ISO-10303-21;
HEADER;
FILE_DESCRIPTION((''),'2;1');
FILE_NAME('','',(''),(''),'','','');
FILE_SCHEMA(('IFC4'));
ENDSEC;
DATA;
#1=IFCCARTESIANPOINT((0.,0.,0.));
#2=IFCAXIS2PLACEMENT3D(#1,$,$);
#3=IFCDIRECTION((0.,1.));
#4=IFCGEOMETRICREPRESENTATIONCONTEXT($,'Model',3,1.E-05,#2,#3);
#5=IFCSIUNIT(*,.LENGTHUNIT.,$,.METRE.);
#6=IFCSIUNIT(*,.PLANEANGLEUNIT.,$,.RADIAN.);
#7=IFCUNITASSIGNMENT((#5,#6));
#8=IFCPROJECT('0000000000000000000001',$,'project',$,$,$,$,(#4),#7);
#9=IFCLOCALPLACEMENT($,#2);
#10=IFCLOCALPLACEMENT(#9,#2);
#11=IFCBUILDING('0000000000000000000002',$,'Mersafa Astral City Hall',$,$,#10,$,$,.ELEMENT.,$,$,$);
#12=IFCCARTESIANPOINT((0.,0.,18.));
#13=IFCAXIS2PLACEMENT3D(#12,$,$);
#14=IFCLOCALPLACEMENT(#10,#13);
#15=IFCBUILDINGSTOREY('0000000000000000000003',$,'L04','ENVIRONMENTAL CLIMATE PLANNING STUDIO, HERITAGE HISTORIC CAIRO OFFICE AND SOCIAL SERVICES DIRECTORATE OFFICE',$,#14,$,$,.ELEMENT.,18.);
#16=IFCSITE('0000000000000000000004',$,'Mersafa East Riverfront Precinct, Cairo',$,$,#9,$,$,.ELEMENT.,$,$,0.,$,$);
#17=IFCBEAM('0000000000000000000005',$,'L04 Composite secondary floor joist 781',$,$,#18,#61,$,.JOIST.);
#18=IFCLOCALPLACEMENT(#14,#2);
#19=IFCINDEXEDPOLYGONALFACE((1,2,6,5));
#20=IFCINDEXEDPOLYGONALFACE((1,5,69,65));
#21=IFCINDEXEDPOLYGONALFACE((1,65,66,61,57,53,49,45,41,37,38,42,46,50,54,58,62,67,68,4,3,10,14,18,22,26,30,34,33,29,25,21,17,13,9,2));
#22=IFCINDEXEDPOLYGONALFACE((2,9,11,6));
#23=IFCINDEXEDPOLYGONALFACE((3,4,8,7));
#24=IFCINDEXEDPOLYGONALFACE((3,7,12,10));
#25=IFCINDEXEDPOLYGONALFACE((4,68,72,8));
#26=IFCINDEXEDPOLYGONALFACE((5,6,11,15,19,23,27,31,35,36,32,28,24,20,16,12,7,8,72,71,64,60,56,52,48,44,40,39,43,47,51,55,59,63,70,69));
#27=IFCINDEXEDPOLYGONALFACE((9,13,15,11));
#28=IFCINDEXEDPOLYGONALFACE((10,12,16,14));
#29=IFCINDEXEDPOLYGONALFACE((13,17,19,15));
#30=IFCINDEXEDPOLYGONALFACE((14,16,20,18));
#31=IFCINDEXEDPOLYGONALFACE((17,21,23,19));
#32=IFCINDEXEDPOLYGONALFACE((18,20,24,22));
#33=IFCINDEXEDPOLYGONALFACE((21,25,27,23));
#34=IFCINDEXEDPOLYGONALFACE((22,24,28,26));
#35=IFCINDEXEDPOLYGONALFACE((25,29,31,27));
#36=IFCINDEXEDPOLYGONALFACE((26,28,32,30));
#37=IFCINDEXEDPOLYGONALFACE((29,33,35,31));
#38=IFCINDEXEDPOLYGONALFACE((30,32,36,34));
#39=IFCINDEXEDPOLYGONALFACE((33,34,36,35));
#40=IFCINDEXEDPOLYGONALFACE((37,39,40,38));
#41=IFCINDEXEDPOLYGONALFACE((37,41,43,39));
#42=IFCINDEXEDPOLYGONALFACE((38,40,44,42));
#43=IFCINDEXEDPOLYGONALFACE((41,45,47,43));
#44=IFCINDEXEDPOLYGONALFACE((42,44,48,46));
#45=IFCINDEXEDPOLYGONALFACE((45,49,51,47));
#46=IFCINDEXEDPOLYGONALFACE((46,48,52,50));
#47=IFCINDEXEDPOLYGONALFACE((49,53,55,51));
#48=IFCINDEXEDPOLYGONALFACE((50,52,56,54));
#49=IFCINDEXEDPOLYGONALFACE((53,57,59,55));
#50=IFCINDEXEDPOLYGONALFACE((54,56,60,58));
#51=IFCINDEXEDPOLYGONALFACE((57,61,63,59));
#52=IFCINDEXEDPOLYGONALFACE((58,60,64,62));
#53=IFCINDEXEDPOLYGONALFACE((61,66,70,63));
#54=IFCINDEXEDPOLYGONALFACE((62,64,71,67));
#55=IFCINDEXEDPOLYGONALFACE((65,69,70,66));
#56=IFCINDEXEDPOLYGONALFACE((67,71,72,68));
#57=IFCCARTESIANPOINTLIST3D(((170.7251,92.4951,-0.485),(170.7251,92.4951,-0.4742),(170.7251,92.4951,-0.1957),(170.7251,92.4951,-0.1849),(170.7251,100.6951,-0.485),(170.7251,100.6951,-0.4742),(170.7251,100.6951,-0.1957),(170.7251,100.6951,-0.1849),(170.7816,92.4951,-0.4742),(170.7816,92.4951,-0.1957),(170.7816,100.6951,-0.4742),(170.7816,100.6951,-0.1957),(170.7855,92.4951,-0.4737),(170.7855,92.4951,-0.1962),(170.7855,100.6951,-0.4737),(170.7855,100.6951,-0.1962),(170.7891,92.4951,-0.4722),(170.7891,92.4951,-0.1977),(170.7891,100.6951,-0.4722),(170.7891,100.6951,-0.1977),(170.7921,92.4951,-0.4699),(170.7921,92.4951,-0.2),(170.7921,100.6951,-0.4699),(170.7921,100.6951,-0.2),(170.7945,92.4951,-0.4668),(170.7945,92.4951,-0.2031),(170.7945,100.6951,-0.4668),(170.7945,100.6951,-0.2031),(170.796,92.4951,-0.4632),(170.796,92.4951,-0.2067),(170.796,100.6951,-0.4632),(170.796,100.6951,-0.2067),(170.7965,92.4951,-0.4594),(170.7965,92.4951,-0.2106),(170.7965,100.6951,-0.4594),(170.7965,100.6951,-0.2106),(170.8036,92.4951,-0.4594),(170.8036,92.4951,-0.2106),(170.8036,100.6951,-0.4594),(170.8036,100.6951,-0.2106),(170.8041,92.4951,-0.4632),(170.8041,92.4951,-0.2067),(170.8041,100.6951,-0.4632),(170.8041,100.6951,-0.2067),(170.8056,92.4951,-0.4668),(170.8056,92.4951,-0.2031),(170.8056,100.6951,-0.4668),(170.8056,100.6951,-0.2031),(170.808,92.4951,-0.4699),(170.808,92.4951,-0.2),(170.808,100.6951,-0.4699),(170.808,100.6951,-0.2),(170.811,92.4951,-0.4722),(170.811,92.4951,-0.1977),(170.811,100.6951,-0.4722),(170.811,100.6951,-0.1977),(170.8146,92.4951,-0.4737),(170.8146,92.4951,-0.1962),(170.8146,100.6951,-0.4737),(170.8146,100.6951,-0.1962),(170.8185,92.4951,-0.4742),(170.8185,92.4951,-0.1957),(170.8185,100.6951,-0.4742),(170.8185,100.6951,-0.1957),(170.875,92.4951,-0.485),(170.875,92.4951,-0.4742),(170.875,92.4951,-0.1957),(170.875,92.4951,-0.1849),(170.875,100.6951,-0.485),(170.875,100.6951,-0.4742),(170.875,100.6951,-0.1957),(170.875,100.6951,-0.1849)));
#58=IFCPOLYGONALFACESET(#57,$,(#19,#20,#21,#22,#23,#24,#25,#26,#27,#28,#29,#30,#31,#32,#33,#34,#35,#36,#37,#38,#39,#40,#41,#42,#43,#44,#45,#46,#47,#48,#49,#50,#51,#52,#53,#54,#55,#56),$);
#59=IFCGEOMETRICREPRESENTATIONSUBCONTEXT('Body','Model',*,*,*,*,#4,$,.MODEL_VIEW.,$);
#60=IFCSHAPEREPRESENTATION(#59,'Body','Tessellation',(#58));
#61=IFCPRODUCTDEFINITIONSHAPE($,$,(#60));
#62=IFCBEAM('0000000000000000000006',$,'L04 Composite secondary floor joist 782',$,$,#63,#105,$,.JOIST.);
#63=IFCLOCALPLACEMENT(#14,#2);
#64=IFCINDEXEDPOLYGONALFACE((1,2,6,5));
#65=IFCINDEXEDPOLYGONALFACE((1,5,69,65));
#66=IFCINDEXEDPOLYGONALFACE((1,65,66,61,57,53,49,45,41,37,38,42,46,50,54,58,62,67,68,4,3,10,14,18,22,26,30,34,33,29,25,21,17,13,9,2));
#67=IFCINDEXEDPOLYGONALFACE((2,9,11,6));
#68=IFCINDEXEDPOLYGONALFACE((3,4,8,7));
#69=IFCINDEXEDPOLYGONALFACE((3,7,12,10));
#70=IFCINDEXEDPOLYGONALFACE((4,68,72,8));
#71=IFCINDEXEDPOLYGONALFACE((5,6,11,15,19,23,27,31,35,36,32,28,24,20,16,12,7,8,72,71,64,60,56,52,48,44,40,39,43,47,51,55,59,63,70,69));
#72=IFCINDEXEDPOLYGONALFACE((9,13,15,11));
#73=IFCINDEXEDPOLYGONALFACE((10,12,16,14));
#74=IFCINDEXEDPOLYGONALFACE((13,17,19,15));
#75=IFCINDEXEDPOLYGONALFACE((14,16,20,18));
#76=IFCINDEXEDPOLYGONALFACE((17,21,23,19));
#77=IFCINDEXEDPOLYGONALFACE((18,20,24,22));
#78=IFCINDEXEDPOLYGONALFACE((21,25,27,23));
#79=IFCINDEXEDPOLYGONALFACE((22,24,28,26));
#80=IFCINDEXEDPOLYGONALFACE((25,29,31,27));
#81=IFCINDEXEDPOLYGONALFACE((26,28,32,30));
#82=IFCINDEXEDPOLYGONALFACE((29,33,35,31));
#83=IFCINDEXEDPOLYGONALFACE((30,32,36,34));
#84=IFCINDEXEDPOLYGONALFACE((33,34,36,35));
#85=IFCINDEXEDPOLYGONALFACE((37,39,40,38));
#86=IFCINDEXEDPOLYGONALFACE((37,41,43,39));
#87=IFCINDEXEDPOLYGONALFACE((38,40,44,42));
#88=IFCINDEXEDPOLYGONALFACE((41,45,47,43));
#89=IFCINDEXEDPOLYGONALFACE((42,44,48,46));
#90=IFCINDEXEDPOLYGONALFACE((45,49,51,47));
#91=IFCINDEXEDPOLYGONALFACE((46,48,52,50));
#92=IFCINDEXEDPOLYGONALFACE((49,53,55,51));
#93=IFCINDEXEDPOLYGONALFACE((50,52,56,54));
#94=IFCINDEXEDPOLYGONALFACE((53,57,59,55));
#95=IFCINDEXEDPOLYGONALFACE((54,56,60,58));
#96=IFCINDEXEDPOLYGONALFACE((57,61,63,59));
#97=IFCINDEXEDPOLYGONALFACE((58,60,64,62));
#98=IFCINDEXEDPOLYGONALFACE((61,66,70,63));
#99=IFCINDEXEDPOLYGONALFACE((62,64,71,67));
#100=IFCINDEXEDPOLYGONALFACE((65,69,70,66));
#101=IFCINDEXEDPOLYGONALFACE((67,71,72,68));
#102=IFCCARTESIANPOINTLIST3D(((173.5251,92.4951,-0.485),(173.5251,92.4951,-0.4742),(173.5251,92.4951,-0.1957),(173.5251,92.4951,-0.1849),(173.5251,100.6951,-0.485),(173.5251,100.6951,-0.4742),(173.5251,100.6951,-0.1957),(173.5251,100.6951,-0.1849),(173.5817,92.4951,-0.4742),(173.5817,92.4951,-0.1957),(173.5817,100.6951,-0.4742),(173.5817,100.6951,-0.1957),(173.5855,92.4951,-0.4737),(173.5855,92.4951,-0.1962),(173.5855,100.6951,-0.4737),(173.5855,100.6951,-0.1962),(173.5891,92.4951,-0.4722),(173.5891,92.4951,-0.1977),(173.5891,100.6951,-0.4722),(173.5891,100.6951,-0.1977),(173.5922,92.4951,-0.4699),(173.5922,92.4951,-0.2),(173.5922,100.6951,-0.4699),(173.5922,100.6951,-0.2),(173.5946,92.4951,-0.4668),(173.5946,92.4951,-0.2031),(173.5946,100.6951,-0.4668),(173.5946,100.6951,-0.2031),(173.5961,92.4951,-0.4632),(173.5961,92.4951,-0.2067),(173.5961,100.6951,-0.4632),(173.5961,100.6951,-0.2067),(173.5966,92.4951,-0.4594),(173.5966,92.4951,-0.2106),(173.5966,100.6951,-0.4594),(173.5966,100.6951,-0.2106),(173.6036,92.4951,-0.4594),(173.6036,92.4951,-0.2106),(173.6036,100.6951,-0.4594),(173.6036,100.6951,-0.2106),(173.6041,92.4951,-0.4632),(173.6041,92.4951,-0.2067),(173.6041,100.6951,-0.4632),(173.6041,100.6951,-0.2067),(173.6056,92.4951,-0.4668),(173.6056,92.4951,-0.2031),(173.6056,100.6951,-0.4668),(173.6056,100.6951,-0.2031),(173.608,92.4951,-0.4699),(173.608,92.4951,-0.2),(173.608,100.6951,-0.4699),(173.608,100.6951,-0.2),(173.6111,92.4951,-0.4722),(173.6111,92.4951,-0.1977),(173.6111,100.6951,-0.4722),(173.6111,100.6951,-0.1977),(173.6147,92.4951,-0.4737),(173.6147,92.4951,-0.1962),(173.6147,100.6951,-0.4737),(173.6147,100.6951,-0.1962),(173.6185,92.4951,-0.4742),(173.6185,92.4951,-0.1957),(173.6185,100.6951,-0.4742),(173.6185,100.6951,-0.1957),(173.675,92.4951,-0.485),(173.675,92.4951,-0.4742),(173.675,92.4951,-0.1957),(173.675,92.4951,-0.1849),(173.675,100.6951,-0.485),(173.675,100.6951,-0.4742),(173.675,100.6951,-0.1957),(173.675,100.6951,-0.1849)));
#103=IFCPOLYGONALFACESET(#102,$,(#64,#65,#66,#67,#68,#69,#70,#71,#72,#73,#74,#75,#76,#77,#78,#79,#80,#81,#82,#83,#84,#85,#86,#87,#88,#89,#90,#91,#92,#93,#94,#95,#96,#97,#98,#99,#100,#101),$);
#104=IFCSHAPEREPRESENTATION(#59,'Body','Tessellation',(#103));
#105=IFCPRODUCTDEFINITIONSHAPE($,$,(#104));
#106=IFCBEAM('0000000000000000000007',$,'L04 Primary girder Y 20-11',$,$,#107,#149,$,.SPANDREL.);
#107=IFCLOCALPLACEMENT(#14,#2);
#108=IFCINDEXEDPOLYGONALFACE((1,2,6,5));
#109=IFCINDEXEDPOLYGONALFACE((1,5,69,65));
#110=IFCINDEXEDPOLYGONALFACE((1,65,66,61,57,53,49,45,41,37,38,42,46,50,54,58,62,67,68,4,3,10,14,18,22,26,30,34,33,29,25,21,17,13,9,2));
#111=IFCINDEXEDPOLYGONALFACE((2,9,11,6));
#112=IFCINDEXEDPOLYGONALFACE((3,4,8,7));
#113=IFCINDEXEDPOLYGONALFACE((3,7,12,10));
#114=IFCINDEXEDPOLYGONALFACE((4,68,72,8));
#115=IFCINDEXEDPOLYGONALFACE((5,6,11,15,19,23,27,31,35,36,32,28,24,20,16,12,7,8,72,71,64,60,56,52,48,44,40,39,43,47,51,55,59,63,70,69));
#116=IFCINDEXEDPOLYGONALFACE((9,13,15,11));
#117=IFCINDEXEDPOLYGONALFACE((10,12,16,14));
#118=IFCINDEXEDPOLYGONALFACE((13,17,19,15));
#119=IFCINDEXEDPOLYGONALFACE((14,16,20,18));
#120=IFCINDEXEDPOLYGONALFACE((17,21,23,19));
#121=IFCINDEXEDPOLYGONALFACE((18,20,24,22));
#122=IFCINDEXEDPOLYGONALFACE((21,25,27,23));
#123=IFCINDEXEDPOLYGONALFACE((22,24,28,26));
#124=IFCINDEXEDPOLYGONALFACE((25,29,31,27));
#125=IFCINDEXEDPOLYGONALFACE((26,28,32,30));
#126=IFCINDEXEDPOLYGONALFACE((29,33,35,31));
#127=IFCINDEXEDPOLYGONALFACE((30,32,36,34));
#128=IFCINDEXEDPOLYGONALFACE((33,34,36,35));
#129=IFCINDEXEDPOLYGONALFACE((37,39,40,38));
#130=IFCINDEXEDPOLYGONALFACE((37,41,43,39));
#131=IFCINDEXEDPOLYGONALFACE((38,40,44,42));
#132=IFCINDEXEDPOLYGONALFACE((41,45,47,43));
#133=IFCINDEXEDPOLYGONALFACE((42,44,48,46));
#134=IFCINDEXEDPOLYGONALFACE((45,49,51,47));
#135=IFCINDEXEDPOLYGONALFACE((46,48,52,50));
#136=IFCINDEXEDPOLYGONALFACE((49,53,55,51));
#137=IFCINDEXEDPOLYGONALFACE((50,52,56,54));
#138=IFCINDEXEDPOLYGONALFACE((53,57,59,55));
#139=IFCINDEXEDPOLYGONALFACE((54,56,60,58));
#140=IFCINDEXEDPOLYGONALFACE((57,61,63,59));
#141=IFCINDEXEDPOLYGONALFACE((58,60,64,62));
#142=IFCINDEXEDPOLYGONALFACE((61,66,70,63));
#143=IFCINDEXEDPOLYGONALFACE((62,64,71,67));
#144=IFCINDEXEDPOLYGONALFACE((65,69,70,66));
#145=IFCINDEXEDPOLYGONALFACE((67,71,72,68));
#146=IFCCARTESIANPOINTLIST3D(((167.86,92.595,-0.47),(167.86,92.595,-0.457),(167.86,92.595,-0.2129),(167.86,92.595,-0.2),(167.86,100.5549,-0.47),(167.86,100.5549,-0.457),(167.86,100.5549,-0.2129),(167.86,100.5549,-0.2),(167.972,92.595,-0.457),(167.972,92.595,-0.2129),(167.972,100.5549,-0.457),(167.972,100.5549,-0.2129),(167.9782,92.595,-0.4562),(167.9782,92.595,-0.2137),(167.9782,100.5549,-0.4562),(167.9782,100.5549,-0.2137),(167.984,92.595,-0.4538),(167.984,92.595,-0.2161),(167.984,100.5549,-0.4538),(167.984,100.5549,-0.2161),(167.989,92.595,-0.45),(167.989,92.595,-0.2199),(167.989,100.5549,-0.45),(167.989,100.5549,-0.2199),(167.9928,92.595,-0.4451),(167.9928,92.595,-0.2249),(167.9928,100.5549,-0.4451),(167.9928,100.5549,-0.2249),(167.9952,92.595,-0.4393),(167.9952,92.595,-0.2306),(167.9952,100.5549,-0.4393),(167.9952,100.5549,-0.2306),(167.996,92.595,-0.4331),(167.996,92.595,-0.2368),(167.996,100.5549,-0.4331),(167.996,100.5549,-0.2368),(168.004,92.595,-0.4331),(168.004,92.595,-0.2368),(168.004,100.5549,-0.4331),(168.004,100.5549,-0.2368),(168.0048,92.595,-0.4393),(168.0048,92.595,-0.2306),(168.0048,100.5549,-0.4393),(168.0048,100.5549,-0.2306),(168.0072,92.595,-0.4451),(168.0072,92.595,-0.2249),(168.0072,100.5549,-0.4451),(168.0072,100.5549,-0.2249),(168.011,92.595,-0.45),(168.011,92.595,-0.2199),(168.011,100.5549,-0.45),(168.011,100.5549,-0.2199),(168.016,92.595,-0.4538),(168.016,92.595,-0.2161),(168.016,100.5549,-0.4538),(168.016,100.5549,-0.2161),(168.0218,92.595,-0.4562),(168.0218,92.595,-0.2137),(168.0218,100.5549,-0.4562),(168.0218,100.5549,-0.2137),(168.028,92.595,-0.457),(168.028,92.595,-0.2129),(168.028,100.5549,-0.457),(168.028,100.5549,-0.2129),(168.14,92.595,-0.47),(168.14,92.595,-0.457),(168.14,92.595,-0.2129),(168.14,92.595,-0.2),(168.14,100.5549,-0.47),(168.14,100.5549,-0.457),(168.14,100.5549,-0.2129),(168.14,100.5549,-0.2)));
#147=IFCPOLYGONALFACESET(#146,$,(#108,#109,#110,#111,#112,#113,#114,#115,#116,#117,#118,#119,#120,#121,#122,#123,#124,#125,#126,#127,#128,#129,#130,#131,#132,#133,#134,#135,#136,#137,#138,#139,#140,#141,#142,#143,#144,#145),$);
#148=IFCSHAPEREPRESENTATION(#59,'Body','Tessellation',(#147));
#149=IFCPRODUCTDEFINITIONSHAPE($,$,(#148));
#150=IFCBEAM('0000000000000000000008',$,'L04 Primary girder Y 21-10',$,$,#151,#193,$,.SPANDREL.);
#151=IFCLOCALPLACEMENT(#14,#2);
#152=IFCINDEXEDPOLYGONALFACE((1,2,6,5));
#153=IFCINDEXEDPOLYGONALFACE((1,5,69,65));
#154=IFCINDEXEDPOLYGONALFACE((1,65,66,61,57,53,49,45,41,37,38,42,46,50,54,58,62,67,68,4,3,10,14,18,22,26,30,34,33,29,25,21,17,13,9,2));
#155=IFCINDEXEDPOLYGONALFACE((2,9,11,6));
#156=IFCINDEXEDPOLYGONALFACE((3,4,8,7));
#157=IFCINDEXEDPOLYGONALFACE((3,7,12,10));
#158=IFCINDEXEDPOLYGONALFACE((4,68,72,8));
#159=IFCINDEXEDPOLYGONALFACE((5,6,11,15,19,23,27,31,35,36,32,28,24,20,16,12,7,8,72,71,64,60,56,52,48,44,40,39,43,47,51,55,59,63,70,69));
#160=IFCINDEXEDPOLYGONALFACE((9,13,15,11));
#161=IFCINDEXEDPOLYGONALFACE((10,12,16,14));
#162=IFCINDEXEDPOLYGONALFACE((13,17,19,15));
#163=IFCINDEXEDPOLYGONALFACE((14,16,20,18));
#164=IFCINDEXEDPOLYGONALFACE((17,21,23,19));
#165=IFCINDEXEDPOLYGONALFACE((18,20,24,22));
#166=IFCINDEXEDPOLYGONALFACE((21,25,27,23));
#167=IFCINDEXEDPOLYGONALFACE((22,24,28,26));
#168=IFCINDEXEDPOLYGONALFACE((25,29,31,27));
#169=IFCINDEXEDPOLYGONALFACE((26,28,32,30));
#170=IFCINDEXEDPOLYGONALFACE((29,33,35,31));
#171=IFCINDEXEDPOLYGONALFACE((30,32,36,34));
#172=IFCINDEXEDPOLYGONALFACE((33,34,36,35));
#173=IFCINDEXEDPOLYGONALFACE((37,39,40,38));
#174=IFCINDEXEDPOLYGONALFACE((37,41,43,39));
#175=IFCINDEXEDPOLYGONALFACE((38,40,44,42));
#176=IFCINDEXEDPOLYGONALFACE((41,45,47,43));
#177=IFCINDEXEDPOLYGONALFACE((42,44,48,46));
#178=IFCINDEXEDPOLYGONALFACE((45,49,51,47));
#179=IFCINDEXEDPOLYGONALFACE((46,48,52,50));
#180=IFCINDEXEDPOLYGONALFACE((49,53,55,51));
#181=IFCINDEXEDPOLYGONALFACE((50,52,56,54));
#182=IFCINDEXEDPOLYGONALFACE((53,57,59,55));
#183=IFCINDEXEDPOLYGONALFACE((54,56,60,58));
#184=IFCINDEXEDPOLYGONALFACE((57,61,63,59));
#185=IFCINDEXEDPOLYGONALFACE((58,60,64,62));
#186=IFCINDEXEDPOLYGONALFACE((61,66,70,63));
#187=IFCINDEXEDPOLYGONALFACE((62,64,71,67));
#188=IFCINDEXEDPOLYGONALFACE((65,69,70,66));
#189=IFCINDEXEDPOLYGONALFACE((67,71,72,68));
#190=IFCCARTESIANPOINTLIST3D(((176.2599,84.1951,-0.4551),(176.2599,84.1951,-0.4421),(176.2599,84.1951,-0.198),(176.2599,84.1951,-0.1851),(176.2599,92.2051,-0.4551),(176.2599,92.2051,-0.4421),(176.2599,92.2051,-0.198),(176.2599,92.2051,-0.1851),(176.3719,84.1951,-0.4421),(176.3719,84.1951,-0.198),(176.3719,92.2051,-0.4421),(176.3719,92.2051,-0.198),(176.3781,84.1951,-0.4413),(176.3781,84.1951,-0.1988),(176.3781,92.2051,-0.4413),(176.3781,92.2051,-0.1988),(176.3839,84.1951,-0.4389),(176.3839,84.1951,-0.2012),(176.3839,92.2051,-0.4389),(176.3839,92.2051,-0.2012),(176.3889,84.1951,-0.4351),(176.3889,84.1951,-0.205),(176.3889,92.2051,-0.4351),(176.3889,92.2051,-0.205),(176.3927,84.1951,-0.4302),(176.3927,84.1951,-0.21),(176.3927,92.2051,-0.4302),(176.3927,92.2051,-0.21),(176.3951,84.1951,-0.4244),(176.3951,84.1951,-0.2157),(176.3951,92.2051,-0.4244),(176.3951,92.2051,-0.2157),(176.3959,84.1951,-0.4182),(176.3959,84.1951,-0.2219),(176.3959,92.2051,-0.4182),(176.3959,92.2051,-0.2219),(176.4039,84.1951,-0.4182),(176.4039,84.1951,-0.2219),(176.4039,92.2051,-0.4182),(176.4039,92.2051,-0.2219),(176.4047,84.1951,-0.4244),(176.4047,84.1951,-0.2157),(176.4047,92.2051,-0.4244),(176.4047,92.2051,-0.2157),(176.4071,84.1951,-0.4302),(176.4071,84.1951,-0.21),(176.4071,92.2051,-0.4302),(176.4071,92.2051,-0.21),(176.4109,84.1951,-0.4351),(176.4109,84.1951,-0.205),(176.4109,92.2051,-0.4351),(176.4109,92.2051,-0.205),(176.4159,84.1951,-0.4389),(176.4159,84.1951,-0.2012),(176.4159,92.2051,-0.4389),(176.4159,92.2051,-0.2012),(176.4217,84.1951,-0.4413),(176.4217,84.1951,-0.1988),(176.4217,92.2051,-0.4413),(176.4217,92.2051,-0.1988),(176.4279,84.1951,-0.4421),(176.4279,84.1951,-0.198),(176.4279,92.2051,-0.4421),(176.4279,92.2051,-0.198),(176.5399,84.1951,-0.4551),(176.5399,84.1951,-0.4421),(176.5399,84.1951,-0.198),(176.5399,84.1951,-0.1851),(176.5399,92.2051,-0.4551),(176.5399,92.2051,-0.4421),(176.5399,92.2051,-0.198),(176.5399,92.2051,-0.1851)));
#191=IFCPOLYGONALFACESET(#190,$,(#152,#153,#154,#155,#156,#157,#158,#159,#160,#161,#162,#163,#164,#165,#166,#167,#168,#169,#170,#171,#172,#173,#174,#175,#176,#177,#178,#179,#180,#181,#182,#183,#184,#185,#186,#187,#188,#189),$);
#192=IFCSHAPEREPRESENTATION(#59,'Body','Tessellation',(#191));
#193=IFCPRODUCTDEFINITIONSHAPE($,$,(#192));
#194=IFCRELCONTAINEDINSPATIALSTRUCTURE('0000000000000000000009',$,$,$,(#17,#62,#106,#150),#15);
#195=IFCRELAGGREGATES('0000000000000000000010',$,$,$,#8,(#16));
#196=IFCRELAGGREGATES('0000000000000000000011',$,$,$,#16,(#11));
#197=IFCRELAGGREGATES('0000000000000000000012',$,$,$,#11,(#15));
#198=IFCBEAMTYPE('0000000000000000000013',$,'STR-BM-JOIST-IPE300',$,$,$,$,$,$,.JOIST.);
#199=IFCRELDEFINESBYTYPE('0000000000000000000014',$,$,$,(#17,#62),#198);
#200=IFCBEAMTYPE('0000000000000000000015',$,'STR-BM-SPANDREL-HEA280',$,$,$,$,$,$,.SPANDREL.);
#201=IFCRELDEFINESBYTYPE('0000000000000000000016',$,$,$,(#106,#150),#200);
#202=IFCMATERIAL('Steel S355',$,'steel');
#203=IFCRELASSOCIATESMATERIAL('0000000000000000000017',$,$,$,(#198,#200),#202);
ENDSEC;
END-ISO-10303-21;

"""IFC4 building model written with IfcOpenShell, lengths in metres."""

from ifc_helpers import new_model, si_unit, direction, frame, origin, origin_2d, place, context, subcontext, project, spatial, i_section, extrude, material, material_profile, profile_set, type_object, element, save


model = new_model("IFC4")

# Units and contexts
model_context = context("Model", 3, precision=1e-05, world=origin(), true_north=direction((0.0, 1.0)))
body_context = subcontext(model_context, "Body", "Model", "MODEL_VIEW")
ifc_project = project(units=[si_unit("LENGTHUNIT", "METRE"), si_unit("PLANEANGLEUNIT", "RADIAN")], contexts=[model_context])

# Site, building, storey
site_placement = place(None, origin())
site = spatial("IfcSite", under=ifc_project, at=site_placement, Name="Mersafa East Riverfront Precinct, Cairo", CompositionType="ELEMENT", RefElevation=0.0)
building_placement = place(site_placement, origin())
building = spatial("IfcBuilding", under=site, at=building_placement, Name="Mersafa Astral City Hall", CompositionType="ELEMENT")
storey_placement = place(building_placement, frame((0.0, 0.0, 18.0)))
storey = spatial("IfcBuildingStorey", under=building, at=storey_placement, Name="L04", Description="ENVIRONMENTAL CLIMATE PLANNING STUDIO, HERITAGE HISTORIC CAIRO OFFICE AND SOCIAL SERVICES DIRECTORATE OFFICE", CompositionType="ELEMENT", Elevation=18.0)

# Shared definitions
ifc_material_1 = material(Name="Steel S355", Category="steel")

# Beams
ifc_material_profile_1 = material_profile(ifc_material_1, i_section(OverallWidth=0.1499, OverallDepth=0.3, WebThickness=0.0071, FlangeThickness=0.0107, FilletRadius=0.0149, at=origin_2d()), Name="IPE 300")
ifc_profile_set_1 = profile_set([ifc_material_profile_1], Name="Steel S355")
beam_type_1 = type_object("IfcBeamType", Name="STR-BM-JOIST-IPE300", PredefinedType="JOIST", material=ifc_profile_set_1)
for number, where, z_axis, x_axis, name in (
    (1, (170.8, 92.4951, -0.335), (0.0, 1.0, 0.0), (-1.0, 0.0, 0.0), "L04 Composite secondary floor joist 781"),
    (2, (173.6001, 92.4951, -0.335), (0.0, 1.0, 0.0), (-1.0, 0.0, 0.0), "L04 Composite secondary floor joist 782"),
):
    element("IfcBeam", number, at=place(storey_placement, frame(where, z_axis=z_axis, x_axis=x_axis)), inside=storey, type_object=beam_type_1, Name=name, PredefinedType="JOIST", context=body_context, shape_type="SweptSolid", body=[
        extrude(i_section(OverallWidth=0.1499, OverallDepth=0.3, WebThickness=0.0071, FlangeThickness=0.0107, FilletRadius=0.0149, at=origin_2d()), origin(), (0.0, 0.0, 1.0), 8.2),
    ])
ifc_material_profile_2 = material_profile(ifc_material_1, i_section(OverallWidth=0.28, OverallDepth=0.27, WebThickness=0.0081, FlangeThickness=0.0129, FilletRadius=0.0239, at=origin_2d()), Name="HEA 280")
ifc_profile_set_2 = profile_set([ifc_material_profile_2], Name="Steel S355")
beam_type_2 = type_object("IfcBeamType", Name="STR-BM-SPANDREL-HEA280", PredefinedType="SPANDREL", material=ifc_profile_set_2)
beam_1_placement = place(storey_placement, frame((168.0, 92.595, -0.335), z_axis=(0.0, 1.0, 0.0), x_axis=(-1.0, 0.0, 0.0)))
element("IfcBeam", 3, at=beam_1_placement, inside=storey, type_object=beam_type_2, Name="L04 Primary girder Y 20-11", PredefinedType="SPANDREL", context=body_context, shape_type="SweptSolid", body=[
    extrude(i_section(OverallWidth=0.28, OverallDepth=0.27, WebThickness=0.0081, FlangeThickness=0.0129, FilletRadius=0.0239, at=origin_2d()), origin(), (0.0, 0.0, 1.0), 7.96),
])
beam_2_placement = place(storey_placement, frame((176.3999, 84.1951, -0.3201), z_axis=(0.0, 1.0, 0.0), x_axis=(-1.0, 0.0, 0.0)))
element("IfcBeam", 4, at=beam_2_placement, inside=storey, type_object=beam_type_2, Name="L04 Primary girder Y 21-10", PredefinedType="SPANDREL", context=body_context, shape_type="SweptSolid", body=[
    extrude(i_section(OverallWidth=0.28, OverallDepth=0.27, WebThickness=0.0081, FlangeThickness=0.0129, FilletRadius=0.0239, at=origin_2d()), origin(), (0.0, 0.0, 1.0), 8.01),
])

save(model, "model.ifc")
